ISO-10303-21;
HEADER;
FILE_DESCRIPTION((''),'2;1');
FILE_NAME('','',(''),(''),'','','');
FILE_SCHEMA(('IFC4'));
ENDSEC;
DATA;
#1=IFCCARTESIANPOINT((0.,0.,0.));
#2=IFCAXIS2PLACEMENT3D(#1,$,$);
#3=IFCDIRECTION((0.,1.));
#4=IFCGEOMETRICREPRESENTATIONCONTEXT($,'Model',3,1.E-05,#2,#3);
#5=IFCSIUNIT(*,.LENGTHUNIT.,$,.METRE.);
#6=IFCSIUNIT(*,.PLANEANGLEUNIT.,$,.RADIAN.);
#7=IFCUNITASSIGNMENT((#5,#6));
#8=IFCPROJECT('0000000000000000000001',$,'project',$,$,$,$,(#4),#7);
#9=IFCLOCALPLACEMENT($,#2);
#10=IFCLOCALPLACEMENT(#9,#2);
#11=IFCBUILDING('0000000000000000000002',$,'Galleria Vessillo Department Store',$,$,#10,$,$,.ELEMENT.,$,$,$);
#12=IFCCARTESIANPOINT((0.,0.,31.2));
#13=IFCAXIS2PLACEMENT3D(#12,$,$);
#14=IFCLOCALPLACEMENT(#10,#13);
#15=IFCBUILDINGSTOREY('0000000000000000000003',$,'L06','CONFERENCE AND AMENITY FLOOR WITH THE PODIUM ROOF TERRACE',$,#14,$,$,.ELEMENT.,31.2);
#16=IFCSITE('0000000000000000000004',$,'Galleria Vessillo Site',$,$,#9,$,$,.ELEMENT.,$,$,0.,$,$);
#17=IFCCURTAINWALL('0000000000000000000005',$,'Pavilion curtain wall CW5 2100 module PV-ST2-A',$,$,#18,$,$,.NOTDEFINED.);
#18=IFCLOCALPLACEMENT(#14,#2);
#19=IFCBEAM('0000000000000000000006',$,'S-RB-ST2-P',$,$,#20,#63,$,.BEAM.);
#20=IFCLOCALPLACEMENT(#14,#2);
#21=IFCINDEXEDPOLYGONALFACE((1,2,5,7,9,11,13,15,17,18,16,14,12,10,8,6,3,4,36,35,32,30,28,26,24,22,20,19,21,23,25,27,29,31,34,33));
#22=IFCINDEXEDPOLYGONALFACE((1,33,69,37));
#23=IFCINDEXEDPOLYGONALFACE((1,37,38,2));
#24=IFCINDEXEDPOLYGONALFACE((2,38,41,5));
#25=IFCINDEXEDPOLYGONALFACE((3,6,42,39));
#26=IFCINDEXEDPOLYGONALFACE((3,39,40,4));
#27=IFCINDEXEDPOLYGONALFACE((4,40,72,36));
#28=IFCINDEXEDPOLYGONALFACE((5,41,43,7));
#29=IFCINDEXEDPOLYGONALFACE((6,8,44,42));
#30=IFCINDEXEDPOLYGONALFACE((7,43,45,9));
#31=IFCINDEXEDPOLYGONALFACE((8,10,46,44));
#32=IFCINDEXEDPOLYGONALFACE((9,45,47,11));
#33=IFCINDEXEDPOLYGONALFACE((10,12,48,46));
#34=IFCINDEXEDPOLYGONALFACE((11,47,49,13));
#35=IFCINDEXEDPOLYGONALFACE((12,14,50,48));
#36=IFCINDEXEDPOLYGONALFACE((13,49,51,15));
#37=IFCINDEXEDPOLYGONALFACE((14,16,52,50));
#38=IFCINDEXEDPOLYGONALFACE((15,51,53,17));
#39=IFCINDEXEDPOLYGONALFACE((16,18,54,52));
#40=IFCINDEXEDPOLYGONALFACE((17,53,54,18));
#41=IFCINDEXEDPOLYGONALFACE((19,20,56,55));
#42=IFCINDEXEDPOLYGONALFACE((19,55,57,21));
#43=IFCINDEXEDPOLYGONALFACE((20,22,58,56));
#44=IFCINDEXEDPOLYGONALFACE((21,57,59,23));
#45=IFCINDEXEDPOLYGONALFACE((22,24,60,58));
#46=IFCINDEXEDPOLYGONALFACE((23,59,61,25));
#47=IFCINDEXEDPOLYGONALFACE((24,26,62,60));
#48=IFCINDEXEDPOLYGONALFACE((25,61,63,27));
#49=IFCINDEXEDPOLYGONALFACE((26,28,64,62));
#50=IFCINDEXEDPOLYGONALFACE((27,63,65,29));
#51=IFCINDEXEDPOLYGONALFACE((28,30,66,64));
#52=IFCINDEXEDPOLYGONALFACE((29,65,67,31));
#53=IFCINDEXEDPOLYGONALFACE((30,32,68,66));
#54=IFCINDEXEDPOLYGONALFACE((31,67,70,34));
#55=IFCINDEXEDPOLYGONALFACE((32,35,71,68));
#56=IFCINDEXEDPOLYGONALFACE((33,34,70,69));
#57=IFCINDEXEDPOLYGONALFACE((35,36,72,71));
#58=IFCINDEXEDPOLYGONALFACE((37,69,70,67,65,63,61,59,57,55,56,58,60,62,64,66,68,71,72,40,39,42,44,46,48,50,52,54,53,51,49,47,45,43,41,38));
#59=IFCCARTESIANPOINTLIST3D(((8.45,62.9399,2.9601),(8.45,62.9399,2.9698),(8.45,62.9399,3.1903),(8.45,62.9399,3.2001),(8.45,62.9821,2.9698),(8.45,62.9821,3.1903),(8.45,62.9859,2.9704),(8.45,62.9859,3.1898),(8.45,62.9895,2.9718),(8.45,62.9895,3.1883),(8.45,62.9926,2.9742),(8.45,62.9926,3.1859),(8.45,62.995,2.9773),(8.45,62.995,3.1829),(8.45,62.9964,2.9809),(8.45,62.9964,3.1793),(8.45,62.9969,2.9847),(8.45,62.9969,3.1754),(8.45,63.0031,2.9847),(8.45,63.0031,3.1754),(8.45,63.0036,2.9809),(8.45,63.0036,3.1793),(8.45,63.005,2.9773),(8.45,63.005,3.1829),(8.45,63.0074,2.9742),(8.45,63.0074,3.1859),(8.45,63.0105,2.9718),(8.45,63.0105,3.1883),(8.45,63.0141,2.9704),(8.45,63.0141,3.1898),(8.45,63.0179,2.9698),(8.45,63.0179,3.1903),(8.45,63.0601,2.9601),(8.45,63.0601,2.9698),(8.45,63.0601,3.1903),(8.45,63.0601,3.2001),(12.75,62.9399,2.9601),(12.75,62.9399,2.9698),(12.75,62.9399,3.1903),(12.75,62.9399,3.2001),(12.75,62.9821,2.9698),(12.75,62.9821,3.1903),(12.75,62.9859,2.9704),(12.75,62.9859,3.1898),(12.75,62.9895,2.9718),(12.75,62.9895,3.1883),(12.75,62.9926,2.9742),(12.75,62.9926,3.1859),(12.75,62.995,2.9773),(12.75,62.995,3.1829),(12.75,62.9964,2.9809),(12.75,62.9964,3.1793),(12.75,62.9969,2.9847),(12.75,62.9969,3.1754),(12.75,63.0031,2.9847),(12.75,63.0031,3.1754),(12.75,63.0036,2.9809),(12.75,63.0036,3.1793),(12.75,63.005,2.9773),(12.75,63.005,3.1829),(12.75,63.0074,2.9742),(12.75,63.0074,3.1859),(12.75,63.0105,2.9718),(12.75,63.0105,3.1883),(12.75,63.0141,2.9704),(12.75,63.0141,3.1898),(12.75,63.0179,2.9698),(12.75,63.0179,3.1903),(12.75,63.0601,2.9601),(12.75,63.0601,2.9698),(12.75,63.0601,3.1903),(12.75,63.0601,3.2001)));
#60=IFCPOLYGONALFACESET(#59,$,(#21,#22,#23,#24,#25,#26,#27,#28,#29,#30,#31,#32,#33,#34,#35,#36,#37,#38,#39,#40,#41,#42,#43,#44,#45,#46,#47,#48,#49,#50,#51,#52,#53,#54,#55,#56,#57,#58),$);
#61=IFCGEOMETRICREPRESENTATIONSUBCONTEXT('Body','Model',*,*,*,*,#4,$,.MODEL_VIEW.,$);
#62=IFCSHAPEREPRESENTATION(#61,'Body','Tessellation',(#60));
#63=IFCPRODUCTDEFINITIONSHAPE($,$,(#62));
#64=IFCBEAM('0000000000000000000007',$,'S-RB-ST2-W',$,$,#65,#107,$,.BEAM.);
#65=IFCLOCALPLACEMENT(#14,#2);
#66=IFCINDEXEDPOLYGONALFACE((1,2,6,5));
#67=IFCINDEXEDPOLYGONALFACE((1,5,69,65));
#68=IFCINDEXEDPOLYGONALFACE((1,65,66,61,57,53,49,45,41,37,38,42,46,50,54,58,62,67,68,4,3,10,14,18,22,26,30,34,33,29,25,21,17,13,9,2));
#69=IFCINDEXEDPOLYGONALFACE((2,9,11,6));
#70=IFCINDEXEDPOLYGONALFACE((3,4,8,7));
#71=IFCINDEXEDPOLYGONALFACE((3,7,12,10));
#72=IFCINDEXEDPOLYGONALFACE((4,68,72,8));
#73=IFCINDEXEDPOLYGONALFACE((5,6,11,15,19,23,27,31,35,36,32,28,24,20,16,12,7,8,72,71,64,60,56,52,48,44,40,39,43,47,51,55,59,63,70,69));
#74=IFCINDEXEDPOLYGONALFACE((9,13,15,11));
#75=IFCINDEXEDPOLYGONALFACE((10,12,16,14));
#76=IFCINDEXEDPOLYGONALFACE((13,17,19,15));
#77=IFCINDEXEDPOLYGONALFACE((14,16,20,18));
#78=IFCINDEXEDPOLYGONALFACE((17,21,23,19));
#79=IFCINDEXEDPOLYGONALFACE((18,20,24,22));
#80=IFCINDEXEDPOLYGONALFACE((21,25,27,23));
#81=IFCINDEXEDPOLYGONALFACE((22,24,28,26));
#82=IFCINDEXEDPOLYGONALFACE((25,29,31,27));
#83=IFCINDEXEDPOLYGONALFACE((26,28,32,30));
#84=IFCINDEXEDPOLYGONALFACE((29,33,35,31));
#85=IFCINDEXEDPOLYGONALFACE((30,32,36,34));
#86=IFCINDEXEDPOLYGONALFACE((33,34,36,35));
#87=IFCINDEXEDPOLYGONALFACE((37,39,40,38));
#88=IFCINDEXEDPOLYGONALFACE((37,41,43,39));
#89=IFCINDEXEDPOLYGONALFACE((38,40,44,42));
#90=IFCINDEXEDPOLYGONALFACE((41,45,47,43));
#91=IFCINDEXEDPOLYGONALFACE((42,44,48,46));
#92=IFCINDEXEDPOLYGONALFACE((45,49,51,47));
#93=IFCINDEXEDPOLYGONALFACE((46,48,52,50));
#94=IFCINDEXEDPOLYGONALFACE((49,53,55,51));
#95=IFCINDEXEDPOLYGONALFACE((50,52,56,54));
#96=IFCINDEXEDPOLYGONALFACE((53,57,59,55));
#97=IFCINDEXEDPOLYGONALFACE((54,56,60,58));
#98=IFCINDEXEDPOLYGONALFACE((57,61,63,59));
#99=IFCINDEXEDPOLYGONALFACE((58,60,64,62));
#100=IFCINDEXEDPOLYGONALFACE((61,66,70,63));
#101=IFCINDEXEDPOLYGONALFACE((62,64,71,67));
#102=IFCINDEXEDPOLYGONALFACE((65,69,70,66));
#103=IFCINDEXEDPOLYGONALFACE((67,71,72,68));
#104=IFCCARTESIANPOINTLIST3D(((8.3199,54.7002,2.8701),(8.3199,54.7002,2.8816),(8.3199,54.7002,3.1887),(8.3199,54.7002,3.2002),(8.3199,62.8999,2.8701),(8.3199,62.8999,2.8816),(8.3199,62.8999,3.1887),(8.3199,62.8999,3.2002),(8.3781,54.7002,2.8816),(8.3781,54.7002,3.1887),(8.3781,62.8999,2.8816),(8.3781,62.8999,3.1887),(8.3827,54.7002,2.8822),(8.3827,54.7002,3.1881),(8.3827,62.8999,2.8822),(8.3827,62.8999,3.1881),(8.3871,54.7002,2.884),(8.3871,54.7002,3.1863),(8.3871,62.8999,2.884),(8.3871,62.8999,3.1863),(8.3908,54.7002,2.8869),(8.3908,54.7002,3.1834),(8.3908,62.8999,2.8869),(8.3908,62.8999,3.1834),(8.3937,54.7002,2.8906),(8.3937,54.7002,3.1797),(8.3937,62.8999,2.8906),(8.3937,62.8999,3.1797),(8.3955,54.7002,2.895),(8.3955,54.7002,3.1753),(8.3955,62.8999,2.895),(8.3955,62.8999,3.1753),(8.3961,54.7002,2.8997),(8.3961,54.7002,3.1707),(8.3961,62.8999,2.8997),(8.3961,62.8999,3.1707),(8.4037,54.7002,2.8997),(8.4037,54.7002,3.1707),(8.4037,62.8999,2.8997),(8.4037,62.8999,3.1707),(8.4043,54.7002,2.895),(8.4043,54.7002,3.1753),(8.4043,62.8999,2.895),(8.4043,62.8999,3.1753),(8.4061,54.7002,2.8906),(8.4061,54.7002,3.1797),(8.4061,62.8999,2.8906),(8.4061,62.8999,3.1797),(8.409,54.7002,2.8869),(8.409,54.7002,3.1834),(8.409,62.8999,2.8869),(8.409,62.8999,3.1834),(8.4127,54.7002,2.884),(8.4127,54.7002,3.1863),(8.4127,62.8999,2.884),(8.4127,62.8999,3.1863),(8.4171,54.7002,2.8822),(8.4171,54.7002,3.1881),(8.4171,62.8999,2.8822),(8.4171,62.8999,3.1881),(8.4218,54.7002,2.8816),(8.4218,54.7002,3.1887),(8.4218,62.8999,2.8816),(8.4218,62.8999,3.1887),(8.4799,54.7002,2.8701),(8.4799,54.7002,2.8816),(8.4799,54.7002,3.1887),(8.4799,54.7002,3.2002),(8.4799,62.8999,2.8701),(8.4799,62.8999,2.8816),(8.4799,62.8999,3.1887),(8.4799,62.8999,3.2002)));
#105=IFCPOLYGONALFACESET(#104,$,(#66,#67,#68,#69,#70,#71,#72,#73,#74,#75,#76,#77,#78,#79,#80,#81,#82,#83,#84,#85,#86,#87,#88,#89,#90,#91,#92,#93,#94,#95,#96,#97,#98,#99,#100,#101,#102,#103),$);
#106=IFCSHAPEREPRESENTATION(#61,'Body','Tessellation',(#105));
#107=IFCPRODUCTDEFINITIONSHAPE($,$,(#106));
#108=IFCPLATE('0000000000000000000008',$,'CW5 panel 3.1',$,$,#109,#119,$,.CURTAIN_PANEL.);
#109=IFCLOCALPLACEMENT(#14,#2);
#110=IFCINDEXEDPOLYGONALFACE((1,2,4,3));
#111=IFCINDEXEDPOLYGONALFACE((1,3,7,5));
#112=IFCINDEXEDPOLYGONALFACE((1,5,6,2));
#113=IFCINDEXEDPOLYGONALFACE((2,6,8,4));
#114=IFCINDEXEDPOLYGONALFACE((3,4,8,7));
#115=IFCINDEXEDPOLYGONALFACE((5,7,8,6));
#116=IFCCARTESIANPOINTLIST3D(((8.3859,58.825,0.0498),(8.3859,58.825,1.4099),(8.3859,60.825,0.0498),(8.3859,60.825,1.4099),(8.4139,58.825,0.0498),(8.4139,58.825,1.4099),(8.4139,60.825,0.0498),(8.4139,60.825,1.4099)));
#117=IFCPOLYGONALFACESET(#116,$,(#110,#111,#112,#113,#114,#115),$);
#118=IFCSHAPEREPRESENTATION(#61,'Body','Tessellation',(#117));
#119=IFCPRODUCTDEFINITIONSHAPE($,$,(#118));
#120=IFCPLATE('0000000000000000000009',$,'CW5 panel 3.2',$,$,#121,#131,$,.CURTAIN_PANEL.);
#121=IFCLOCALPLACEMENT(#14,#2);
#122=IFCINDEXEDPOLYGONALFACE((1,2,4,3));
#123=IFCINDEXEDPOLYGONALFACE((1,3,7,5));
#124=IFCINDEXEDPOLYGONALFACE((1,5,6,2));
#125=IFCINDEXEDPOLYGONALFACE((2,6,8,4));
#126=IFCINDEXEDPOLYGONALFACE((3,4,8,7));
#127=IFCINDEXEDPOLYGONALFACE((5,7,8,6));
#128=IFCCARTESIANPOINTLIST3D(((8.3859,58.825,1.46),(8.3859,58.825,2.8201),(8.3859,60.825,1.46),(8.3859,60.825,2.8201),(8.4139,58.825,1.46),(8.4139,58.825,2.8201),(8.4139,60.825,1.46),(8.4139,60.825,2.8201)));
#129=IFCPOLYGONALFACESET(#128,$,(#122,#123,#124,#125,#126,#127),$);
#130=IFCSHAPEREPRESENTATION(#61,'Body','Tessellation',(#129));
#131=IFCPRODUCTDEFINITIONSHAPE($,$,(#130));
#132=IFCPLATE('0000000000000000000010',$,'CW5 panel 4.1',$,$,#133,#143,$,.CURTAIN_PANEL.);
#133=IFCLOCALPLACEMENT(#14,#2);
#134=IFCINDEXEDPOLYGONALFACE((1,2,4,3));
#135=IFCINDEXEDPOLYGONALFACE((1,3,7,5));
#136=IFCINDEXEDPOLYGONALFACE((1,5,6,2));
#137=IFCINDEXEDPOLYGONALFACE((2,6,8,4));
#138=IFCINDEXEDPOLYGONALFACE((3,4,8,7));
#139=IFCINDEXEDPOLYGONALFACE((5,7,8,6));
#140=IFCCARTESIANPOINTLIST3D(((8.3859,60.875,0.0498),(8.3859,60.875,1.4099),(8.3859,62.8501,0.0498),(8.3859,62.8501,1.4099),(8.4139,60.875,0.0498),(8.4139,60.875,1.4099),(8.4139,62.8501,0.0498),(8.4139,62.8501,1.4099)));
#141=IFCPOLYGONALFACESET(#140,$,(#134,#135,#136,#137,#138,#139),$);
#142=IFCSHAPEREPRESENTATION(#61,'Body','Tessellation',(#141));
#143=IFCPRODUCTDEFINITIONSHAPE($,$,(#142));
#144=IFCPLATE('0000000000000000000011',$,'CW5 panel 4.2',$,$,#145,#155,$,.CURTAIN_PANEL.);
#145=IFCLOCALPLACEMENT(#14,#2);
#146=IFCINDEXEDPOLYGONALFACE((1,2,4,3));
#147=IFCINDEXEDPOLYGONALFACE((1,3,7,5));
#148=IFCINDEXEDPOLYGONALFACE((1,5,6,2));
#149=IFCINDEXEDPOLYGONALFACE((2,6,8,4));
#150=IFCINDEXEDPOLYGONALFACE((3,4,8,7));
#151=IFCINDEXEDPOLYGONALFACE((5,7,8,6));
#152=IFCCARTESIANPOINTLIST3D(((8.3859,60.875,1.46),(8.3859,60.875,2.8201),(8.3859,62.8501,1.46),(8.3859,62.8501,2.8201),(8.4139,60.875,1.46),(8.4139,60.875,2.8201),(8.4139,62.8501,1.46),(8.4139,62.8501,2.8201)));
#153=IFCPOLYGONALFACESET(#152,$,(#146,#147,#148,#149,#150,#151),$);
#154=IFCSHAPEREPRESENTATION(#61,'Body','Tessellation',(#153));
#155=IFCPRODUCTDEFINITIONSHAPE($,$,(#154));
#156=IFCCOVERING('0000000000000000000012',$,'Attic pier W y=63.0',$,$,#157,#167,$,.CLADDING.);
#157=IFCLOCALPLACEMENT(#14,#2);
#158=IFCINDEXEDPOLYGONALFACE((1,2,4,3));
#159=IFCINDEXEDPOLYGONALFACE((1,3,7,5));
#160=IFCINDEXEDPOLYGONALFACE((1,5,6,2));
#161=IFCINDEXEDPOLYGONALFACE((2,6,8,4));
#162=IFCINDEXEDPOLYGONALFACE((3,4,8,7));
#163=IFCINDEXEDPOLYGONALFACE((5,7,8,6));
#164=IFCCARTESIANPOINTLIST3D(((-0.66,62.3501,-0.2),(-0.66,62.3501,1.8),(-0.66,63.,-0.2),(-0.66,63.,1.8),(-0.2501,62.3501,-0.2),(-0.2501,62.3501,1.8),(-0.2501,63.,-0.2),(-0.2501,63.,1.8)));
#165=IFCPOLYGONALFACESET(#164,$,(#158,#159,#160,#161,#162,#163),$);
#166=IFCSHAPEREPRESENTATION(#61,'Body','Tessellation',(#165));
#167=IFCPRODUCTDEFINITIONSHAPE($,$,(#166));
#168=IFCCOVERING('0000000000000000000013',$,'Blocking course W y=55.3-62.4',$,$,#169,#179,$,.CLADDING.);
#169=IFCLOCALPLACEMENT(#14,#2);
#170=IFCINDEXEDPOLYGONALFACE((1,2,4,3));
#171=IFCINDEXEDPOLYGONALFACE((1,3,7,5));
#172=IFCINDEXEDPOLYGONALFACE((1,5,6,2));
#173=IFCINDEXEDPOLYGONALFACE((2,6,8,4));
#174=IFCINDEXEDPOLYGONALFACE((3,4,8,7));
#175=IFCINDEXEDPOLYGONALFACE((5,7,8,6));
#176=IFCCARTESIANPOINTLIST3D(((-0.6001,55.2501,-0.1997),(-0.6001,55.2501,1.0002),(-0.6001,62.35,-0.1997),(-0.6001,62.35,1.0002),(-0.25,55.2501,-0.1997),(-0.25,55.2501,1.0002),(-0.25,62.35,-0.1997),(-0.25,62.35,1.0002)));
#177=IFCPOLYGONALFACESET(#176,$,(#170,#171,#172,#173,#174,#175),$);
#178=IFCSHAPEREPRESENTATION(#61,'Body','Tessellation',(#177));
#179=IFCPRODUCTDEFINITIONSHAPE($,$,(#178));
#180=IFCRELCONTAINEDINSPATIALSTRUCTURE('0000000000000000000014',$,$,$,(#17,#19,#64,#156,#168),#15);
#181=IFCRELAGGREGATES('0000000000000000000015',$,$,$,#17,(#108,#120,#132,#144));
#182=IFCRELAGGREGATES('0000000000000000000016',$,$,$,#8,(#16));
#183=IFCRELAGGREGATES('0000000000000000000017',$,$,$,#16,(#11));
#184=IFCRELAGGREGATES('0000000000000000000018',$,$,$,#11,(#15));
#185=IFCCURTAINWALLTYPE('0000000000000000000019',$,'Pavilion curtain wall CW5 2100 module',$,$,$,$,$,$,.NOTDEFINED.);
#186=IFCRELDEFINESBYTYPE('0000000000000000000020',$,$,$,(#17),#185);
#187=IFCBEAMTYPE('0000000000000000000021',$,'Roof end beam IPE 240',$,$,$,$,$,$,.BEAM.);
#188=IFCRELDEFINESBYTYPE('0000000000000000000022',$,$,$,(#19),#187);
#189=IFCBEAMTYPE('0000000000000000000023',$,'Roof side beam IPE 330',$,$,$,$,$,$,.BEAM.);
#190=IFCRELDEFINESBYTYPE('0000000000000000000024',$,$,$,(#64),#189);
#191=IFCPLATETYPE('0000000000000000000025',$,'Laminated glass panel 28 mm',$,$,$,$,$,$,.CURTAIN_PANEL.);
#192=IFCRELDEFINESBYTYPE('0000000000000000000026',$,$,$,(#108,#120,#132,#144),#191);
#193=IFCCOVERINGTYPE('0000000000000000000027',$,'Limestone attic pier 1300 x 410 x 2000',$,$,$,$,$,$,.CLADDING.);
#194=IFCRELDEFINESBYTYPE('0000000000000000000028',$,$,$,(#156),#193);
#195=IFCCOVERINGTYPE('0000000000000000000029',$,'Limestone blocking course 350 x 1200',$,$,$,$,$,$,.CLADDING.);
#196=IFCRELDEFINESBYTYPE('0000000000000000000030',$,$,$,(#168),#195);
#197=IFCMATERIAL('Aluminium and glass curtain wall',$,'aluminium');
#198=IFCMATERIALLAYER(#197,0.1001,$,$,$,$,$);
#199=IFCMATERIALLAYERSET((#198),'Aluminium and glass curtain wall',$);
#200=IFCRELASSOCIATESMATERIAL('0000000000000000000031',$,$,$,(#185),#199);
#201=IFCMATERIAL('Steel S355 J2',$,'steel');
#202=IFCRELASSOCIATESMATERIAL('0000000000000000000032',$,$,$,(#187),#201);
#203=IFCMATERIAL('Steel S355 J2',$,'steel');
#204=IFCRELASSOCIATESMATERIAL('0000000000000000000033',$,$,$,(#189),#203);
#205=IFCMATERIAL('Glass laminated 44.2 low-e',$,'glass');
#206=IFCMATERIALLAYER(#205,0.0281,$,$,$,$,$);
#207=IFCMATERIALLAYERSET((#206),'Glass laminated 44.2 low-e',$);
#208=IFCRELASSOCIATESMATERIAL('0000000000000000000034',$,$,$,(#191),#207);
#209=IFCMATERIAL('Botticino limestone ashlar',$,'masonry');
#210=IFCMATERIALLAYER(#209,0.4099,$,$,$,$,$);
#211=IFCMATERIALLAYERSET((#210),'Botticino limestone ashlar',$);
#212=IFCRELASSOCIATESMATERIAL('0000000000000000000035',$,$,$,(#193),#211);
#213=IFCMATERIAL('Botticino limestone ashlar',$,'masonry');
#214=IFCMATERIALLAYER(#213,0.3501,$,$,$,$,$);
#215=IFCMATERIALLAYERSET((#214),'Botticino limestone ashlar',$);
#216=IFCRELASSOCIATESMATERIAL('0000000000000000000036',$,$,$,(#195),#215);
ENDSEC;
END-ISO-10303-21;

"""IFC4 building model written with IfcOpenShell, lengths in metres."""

from ifc_helpers import new_model, si_unit, direction, frame, origin, origin_2d, place, context, subcontext, project, spatial, rectangle, i_section, extrude, material, layer, layer_set, material_profile, profile_set, type_object, element, aggregate, save


model = new_model("IFC4")

# Units and contexts
model_context = context("Model", 3, precision=1e-05, world=origin(), true_north=direction((0.0, 1.0)))
body_context = subcontext(model_context, "Body", "Model", "MODEL_VIEW")
ifc_project = project(units=[si_unit("LENGTHUNIT", "METRE"), si_unit("PLANEANGLEUNIT", "RADIAN")], contexts=[model_context])

# Site, building, storey
site_placement = place(None, origin())
site = spatial("IfcSite", under=ifc_project, at=site_placement, Name="Galleria Vessillo Site", CompositionType="ELEMENT", RefElevation=0.0)
building_placement = place(site_placement, origin())
building = spatial("IfcBuilding", under=site, at=building_placement, Name="Galleria Vessillo Department Store", CompositionType="ELEMENT")
storey_placement = place(building_placement, frame((0.0, 0.0, 31.2)))
storey = spatial("IfcBuildingStorey", under=building, at=storey_placement, Name="L06", Description="CONFERENCE AND AMENITY FLOOR WITH THE PODIUM ROOF TERRACE", CompositionType="ELEMENT", Elevation=31.2)

# Curtain wall
ifc_material_1 = material(Name="Aluminium and glass curtain wall", Category="aluminium")
ifc_layer_1 = layer(ifc_material_1, 0.1001)
ifc_layer_set_1 = layer_set([ifc_layer_1], Name="Aluminium and glass curtain wall")
curtain_wall_type = type_object("IfcCurtainWallType", Name="Pavilion curtain wall CW5 2100 module", PredefinedType="NOTDEFINED", material=ifc_layer_set_1)
curtain_wall_1_placement = place(storey_placement, origin())
curtain_wall_1 = element("IfcCurtainWall", 1, at=curtain_wall_1_placement, inside=storey, type_object=curtain_wall_type, Name="Pavilion curtain wall CW5 2100 module PV-ST2-A", PredefinedType="NOTDEFINED")

# Beams
ifc_material_2 = material(Name="Steel S355 J2", Category="steel")
ifc_material_profile_1 = material_profile(ifc_material_2, i_section(OverallWidth=0.1201, OverallDepth=0.24, WebThickness=0.0061, FlangeThickness=0.0098, FilletRadius=0.0149, at=origin_2d()), Name="IPE 240")
ifc_profile_set_1 = profile_set([ifc_material_profile_1], Name="Steel S355 J2")
beam_type_1 = type_object("IfcBeamType", Name="Roof end beam IPE 240", PredefinedType="BEAM", material=ifc_profile_set_1)
beam_1_placement = place(storey_placement, frame((8.45, 63.0, 3.0801), z_axis=(1.0, 0.0, 0.0), x_axis=(0.0, 1.0, 0.0)))
element("IfcBeam", 2, at=beam_1_placement, inside=storey, type_object=beam_type_1, Name="S-RB-ST2-P", PredefinedType="BEAM", context=body_context, shape_type="SweptSolid", body=[
    extrude(i_section(OverallWidth=0.1201, OverallDepth=0.24, WebThickness=0.0061, FlangeThickness=0.0098, FilletRadius=0.0149, at=origin_2d()), origin(), (0.0, 0.0, 1.0), 4.3),
])
ifc_material_3 = material(Name="Steel S355 J2", Category="steel")
ifc_material_profile_2 = material_profile(ifc_material_3, i_section(OverallWidth=0.1599, OverallDepth=0.3301, WebThickness=0.0076, FlangeThickness=0.0115, FilletRadius=0.0181, at=origin_2d()), Name="IPE 330")
ifc_profile_set_2 = profile_set([ifc_material_profile_2], Name="Steel S355 J2")
beam_type_2 = type_object("IfcBeamType", Name="Roof side beam IPE 330", PredefinedType="BEAM", material=ifc_profile_set_2)
beam_2_placement = place(storey_placement, frame((8.3999, 62.8999, 3.0352), z_axis=(0.0, -1.0, 0.0), x_axis=(1.0, 0.0, 0.0)))
element("IfcBeam", 3, at=beam_2_placement, inside=storey, type_object=beam_type_2, Name="S-RB-ST2-W", PredefinedType="BEAM", context=body_context, shape_type="SweptSolid", body=[
    extrude(i_section(OverallWidth=0.1599, OverallDepth=0.3301, WebThickness=0.0076, FlangeThickness=0.0115, FilletRadius=0.0181, at=origin_2d()), origin(), (0.0, 0.0, 1.0), 8.1997),
])

# Plates
ifc_material_4 = material(Name="Glass laminated 44.2 low-e", Category="glass")
ifc_layer_2 = layer(ifc_material_4, 0.0281)
ifc_layer_set_2 = layer_set([ifc_layer_2], Name="Glass laminated 44.2 low-e")
plate_type = type_object("IfcPlateType", Name="Laminated glass panel 28 mm", PredefinedType="CURTAIN_PANEL", material=ifc_layer_set_2)
plate_1_placement = place(storey_placement, frame((8.3999, 59.825, 0.0498), z_axis=(0.0, 0.0, 1.0), x_axis=(0.0, 1.0, 0.0)))
plate_1 = element("IfcPlate", 4, at=plate_1_placement, type_object=plate_type, Name="CW5 panel 3.1", PredefinedType="CURTAIN_PANEL", context=body_context, shape_type="SweptSolid", body=[
    extrude(rectangle(XDim=2.0, YDim=0.0281, at=origin_2d()), origin(), (0.0, 0.0, 1.0), 1.3601),
])
plate_2_placement = place(storey_placement, frame((8.3999, 59.825, 1.46), z_axis=(0.0, 0.0, 1.0), x_axis=(0.0, 1.0, 0.0)))
plate_2 = element("IfcPlate", 5, at=plate_2_placement, type_object=plate_type, Name="CW5 panel 3.2", PredefinedType="CURTAIN_PANEL", context=body_context, shape_type="SweptSolid", body=[
    extrude(rectangle(XDim=2.0, YDim=0.0281, at=origin_2d()), origin(), (0.0, 0.0, 1.0), 1.3601),
])
plate_3_placement = place(storey_placement, frame((8.3999, 61.8625, 0.0498), z_axis=(0.0, 0.0, 1.0), x_axis=(0.0, 1.0, 0.0)))
plate_3 = element("IfcPlate", 6, at=plate_3_placement, type_object=plate_type, Name="CW5 panel 4.1", PredefinedType="CURTAIN_PANEL", context=body_context, shape_type="SweptSolid", body=[
    extrude(rectangle(XDim=1.9751, YDim=0.0281, at=origin_2d()), origin(), (0.0, 0.0, 1.0), 1.3601),
])
plate_4_placement = place(storey_placement, frame((8.3999, 61.8625, 1.46), z_axis=(0.0, 0.0, 1.0), x_axis=(0.0, 1.0, 0.0)))
plate_4 = element("IfcPlate", 7, at=plate_4_placement, type_object=plate_type, Name="CW5 panel 4.2", PredefinedType="CURTAIN_PANEL", context=body_context, shape_type="SweptSolid", body=[
    extrude(rectangle(XDim=1.9751, YDim=0.0281, at=origin_2d()), origin(), (0.0, 0.0, 1.0), 1.3601),
])
aggregate(curtain_wall_1, [plate_1, plate_2, plate_3, plate_4])

# Coverings
ifc_material_5 = material(Name="Botticino limestone ashlar", Category="masonry")
ifc_layer_3 = layer(ifc_material_5, 0.4099)
ifc_layer_set_3 = layer_set([ifc_layer_3], Name="Botticino limestone ashlar")
covering_type_1 = type_object("IfcCoveringType", Name="Limestone attic pier 1300 x 410 x 2000", PredefinedType="CLADDING", material=ifc_layer_set_3)
covering_1_placement = place(storey_placement, frame((-0.4551, 62.675, -0.2), z_axis=(0.0, 0.0, 1.0), x_axis=(1.0, 0.0, 0.0)))
element("IfcCovering", 8, at=covering_1_placement, inside=storey, type_object=covering_type_1, Name="Attic pier W y=63.0", PredefinedType="CLADDING", context=body_context, shape_type="SweptSolid", body=[
    extrude(rectangle(XDim=0.4099, YDim=0.6499, at=origin_2d()), origin(), (0.0, 0.0, 1.0), 2.0),
])
ifc_material_6 = material(Name="Botticino limestone ashlar", Category="masonry")
ifc_layer_4 = layer(ifc_material_6, 0.3501)
ifc_layer_set_4 = layer_set([ifc_layer_4], Name="Botticino limestone ashlar")
covering_type_2 = type_object("IfcCoveringType", Name="Limestone blocking course 350 x 1200", PredefinedType="CLADDING", material=ifc_layer_set_4)
covering_2_placement = place(storey_placement, frame((-0.425, 58.8, -0.1997), z_axis=(0.0, 0.0, 1.0), x_axis=(1.0, 0.0, 0.0)))
element("IfcCovering", 9, at=covering_2_placement, inside=storey, type_object=covering_type_2, Name="Blocking course W y=55.3-62.4", PredefinedType="CLADDING", context=body_context, shape_type="SweptSolid", body=[
    extrude(rectangle(XDim=0.3501, YDim=7.0999, at=origin_2d()), origin(), (0.0, 0.0, 1.0), 1.2),
])

save(model, "model.ifc")
